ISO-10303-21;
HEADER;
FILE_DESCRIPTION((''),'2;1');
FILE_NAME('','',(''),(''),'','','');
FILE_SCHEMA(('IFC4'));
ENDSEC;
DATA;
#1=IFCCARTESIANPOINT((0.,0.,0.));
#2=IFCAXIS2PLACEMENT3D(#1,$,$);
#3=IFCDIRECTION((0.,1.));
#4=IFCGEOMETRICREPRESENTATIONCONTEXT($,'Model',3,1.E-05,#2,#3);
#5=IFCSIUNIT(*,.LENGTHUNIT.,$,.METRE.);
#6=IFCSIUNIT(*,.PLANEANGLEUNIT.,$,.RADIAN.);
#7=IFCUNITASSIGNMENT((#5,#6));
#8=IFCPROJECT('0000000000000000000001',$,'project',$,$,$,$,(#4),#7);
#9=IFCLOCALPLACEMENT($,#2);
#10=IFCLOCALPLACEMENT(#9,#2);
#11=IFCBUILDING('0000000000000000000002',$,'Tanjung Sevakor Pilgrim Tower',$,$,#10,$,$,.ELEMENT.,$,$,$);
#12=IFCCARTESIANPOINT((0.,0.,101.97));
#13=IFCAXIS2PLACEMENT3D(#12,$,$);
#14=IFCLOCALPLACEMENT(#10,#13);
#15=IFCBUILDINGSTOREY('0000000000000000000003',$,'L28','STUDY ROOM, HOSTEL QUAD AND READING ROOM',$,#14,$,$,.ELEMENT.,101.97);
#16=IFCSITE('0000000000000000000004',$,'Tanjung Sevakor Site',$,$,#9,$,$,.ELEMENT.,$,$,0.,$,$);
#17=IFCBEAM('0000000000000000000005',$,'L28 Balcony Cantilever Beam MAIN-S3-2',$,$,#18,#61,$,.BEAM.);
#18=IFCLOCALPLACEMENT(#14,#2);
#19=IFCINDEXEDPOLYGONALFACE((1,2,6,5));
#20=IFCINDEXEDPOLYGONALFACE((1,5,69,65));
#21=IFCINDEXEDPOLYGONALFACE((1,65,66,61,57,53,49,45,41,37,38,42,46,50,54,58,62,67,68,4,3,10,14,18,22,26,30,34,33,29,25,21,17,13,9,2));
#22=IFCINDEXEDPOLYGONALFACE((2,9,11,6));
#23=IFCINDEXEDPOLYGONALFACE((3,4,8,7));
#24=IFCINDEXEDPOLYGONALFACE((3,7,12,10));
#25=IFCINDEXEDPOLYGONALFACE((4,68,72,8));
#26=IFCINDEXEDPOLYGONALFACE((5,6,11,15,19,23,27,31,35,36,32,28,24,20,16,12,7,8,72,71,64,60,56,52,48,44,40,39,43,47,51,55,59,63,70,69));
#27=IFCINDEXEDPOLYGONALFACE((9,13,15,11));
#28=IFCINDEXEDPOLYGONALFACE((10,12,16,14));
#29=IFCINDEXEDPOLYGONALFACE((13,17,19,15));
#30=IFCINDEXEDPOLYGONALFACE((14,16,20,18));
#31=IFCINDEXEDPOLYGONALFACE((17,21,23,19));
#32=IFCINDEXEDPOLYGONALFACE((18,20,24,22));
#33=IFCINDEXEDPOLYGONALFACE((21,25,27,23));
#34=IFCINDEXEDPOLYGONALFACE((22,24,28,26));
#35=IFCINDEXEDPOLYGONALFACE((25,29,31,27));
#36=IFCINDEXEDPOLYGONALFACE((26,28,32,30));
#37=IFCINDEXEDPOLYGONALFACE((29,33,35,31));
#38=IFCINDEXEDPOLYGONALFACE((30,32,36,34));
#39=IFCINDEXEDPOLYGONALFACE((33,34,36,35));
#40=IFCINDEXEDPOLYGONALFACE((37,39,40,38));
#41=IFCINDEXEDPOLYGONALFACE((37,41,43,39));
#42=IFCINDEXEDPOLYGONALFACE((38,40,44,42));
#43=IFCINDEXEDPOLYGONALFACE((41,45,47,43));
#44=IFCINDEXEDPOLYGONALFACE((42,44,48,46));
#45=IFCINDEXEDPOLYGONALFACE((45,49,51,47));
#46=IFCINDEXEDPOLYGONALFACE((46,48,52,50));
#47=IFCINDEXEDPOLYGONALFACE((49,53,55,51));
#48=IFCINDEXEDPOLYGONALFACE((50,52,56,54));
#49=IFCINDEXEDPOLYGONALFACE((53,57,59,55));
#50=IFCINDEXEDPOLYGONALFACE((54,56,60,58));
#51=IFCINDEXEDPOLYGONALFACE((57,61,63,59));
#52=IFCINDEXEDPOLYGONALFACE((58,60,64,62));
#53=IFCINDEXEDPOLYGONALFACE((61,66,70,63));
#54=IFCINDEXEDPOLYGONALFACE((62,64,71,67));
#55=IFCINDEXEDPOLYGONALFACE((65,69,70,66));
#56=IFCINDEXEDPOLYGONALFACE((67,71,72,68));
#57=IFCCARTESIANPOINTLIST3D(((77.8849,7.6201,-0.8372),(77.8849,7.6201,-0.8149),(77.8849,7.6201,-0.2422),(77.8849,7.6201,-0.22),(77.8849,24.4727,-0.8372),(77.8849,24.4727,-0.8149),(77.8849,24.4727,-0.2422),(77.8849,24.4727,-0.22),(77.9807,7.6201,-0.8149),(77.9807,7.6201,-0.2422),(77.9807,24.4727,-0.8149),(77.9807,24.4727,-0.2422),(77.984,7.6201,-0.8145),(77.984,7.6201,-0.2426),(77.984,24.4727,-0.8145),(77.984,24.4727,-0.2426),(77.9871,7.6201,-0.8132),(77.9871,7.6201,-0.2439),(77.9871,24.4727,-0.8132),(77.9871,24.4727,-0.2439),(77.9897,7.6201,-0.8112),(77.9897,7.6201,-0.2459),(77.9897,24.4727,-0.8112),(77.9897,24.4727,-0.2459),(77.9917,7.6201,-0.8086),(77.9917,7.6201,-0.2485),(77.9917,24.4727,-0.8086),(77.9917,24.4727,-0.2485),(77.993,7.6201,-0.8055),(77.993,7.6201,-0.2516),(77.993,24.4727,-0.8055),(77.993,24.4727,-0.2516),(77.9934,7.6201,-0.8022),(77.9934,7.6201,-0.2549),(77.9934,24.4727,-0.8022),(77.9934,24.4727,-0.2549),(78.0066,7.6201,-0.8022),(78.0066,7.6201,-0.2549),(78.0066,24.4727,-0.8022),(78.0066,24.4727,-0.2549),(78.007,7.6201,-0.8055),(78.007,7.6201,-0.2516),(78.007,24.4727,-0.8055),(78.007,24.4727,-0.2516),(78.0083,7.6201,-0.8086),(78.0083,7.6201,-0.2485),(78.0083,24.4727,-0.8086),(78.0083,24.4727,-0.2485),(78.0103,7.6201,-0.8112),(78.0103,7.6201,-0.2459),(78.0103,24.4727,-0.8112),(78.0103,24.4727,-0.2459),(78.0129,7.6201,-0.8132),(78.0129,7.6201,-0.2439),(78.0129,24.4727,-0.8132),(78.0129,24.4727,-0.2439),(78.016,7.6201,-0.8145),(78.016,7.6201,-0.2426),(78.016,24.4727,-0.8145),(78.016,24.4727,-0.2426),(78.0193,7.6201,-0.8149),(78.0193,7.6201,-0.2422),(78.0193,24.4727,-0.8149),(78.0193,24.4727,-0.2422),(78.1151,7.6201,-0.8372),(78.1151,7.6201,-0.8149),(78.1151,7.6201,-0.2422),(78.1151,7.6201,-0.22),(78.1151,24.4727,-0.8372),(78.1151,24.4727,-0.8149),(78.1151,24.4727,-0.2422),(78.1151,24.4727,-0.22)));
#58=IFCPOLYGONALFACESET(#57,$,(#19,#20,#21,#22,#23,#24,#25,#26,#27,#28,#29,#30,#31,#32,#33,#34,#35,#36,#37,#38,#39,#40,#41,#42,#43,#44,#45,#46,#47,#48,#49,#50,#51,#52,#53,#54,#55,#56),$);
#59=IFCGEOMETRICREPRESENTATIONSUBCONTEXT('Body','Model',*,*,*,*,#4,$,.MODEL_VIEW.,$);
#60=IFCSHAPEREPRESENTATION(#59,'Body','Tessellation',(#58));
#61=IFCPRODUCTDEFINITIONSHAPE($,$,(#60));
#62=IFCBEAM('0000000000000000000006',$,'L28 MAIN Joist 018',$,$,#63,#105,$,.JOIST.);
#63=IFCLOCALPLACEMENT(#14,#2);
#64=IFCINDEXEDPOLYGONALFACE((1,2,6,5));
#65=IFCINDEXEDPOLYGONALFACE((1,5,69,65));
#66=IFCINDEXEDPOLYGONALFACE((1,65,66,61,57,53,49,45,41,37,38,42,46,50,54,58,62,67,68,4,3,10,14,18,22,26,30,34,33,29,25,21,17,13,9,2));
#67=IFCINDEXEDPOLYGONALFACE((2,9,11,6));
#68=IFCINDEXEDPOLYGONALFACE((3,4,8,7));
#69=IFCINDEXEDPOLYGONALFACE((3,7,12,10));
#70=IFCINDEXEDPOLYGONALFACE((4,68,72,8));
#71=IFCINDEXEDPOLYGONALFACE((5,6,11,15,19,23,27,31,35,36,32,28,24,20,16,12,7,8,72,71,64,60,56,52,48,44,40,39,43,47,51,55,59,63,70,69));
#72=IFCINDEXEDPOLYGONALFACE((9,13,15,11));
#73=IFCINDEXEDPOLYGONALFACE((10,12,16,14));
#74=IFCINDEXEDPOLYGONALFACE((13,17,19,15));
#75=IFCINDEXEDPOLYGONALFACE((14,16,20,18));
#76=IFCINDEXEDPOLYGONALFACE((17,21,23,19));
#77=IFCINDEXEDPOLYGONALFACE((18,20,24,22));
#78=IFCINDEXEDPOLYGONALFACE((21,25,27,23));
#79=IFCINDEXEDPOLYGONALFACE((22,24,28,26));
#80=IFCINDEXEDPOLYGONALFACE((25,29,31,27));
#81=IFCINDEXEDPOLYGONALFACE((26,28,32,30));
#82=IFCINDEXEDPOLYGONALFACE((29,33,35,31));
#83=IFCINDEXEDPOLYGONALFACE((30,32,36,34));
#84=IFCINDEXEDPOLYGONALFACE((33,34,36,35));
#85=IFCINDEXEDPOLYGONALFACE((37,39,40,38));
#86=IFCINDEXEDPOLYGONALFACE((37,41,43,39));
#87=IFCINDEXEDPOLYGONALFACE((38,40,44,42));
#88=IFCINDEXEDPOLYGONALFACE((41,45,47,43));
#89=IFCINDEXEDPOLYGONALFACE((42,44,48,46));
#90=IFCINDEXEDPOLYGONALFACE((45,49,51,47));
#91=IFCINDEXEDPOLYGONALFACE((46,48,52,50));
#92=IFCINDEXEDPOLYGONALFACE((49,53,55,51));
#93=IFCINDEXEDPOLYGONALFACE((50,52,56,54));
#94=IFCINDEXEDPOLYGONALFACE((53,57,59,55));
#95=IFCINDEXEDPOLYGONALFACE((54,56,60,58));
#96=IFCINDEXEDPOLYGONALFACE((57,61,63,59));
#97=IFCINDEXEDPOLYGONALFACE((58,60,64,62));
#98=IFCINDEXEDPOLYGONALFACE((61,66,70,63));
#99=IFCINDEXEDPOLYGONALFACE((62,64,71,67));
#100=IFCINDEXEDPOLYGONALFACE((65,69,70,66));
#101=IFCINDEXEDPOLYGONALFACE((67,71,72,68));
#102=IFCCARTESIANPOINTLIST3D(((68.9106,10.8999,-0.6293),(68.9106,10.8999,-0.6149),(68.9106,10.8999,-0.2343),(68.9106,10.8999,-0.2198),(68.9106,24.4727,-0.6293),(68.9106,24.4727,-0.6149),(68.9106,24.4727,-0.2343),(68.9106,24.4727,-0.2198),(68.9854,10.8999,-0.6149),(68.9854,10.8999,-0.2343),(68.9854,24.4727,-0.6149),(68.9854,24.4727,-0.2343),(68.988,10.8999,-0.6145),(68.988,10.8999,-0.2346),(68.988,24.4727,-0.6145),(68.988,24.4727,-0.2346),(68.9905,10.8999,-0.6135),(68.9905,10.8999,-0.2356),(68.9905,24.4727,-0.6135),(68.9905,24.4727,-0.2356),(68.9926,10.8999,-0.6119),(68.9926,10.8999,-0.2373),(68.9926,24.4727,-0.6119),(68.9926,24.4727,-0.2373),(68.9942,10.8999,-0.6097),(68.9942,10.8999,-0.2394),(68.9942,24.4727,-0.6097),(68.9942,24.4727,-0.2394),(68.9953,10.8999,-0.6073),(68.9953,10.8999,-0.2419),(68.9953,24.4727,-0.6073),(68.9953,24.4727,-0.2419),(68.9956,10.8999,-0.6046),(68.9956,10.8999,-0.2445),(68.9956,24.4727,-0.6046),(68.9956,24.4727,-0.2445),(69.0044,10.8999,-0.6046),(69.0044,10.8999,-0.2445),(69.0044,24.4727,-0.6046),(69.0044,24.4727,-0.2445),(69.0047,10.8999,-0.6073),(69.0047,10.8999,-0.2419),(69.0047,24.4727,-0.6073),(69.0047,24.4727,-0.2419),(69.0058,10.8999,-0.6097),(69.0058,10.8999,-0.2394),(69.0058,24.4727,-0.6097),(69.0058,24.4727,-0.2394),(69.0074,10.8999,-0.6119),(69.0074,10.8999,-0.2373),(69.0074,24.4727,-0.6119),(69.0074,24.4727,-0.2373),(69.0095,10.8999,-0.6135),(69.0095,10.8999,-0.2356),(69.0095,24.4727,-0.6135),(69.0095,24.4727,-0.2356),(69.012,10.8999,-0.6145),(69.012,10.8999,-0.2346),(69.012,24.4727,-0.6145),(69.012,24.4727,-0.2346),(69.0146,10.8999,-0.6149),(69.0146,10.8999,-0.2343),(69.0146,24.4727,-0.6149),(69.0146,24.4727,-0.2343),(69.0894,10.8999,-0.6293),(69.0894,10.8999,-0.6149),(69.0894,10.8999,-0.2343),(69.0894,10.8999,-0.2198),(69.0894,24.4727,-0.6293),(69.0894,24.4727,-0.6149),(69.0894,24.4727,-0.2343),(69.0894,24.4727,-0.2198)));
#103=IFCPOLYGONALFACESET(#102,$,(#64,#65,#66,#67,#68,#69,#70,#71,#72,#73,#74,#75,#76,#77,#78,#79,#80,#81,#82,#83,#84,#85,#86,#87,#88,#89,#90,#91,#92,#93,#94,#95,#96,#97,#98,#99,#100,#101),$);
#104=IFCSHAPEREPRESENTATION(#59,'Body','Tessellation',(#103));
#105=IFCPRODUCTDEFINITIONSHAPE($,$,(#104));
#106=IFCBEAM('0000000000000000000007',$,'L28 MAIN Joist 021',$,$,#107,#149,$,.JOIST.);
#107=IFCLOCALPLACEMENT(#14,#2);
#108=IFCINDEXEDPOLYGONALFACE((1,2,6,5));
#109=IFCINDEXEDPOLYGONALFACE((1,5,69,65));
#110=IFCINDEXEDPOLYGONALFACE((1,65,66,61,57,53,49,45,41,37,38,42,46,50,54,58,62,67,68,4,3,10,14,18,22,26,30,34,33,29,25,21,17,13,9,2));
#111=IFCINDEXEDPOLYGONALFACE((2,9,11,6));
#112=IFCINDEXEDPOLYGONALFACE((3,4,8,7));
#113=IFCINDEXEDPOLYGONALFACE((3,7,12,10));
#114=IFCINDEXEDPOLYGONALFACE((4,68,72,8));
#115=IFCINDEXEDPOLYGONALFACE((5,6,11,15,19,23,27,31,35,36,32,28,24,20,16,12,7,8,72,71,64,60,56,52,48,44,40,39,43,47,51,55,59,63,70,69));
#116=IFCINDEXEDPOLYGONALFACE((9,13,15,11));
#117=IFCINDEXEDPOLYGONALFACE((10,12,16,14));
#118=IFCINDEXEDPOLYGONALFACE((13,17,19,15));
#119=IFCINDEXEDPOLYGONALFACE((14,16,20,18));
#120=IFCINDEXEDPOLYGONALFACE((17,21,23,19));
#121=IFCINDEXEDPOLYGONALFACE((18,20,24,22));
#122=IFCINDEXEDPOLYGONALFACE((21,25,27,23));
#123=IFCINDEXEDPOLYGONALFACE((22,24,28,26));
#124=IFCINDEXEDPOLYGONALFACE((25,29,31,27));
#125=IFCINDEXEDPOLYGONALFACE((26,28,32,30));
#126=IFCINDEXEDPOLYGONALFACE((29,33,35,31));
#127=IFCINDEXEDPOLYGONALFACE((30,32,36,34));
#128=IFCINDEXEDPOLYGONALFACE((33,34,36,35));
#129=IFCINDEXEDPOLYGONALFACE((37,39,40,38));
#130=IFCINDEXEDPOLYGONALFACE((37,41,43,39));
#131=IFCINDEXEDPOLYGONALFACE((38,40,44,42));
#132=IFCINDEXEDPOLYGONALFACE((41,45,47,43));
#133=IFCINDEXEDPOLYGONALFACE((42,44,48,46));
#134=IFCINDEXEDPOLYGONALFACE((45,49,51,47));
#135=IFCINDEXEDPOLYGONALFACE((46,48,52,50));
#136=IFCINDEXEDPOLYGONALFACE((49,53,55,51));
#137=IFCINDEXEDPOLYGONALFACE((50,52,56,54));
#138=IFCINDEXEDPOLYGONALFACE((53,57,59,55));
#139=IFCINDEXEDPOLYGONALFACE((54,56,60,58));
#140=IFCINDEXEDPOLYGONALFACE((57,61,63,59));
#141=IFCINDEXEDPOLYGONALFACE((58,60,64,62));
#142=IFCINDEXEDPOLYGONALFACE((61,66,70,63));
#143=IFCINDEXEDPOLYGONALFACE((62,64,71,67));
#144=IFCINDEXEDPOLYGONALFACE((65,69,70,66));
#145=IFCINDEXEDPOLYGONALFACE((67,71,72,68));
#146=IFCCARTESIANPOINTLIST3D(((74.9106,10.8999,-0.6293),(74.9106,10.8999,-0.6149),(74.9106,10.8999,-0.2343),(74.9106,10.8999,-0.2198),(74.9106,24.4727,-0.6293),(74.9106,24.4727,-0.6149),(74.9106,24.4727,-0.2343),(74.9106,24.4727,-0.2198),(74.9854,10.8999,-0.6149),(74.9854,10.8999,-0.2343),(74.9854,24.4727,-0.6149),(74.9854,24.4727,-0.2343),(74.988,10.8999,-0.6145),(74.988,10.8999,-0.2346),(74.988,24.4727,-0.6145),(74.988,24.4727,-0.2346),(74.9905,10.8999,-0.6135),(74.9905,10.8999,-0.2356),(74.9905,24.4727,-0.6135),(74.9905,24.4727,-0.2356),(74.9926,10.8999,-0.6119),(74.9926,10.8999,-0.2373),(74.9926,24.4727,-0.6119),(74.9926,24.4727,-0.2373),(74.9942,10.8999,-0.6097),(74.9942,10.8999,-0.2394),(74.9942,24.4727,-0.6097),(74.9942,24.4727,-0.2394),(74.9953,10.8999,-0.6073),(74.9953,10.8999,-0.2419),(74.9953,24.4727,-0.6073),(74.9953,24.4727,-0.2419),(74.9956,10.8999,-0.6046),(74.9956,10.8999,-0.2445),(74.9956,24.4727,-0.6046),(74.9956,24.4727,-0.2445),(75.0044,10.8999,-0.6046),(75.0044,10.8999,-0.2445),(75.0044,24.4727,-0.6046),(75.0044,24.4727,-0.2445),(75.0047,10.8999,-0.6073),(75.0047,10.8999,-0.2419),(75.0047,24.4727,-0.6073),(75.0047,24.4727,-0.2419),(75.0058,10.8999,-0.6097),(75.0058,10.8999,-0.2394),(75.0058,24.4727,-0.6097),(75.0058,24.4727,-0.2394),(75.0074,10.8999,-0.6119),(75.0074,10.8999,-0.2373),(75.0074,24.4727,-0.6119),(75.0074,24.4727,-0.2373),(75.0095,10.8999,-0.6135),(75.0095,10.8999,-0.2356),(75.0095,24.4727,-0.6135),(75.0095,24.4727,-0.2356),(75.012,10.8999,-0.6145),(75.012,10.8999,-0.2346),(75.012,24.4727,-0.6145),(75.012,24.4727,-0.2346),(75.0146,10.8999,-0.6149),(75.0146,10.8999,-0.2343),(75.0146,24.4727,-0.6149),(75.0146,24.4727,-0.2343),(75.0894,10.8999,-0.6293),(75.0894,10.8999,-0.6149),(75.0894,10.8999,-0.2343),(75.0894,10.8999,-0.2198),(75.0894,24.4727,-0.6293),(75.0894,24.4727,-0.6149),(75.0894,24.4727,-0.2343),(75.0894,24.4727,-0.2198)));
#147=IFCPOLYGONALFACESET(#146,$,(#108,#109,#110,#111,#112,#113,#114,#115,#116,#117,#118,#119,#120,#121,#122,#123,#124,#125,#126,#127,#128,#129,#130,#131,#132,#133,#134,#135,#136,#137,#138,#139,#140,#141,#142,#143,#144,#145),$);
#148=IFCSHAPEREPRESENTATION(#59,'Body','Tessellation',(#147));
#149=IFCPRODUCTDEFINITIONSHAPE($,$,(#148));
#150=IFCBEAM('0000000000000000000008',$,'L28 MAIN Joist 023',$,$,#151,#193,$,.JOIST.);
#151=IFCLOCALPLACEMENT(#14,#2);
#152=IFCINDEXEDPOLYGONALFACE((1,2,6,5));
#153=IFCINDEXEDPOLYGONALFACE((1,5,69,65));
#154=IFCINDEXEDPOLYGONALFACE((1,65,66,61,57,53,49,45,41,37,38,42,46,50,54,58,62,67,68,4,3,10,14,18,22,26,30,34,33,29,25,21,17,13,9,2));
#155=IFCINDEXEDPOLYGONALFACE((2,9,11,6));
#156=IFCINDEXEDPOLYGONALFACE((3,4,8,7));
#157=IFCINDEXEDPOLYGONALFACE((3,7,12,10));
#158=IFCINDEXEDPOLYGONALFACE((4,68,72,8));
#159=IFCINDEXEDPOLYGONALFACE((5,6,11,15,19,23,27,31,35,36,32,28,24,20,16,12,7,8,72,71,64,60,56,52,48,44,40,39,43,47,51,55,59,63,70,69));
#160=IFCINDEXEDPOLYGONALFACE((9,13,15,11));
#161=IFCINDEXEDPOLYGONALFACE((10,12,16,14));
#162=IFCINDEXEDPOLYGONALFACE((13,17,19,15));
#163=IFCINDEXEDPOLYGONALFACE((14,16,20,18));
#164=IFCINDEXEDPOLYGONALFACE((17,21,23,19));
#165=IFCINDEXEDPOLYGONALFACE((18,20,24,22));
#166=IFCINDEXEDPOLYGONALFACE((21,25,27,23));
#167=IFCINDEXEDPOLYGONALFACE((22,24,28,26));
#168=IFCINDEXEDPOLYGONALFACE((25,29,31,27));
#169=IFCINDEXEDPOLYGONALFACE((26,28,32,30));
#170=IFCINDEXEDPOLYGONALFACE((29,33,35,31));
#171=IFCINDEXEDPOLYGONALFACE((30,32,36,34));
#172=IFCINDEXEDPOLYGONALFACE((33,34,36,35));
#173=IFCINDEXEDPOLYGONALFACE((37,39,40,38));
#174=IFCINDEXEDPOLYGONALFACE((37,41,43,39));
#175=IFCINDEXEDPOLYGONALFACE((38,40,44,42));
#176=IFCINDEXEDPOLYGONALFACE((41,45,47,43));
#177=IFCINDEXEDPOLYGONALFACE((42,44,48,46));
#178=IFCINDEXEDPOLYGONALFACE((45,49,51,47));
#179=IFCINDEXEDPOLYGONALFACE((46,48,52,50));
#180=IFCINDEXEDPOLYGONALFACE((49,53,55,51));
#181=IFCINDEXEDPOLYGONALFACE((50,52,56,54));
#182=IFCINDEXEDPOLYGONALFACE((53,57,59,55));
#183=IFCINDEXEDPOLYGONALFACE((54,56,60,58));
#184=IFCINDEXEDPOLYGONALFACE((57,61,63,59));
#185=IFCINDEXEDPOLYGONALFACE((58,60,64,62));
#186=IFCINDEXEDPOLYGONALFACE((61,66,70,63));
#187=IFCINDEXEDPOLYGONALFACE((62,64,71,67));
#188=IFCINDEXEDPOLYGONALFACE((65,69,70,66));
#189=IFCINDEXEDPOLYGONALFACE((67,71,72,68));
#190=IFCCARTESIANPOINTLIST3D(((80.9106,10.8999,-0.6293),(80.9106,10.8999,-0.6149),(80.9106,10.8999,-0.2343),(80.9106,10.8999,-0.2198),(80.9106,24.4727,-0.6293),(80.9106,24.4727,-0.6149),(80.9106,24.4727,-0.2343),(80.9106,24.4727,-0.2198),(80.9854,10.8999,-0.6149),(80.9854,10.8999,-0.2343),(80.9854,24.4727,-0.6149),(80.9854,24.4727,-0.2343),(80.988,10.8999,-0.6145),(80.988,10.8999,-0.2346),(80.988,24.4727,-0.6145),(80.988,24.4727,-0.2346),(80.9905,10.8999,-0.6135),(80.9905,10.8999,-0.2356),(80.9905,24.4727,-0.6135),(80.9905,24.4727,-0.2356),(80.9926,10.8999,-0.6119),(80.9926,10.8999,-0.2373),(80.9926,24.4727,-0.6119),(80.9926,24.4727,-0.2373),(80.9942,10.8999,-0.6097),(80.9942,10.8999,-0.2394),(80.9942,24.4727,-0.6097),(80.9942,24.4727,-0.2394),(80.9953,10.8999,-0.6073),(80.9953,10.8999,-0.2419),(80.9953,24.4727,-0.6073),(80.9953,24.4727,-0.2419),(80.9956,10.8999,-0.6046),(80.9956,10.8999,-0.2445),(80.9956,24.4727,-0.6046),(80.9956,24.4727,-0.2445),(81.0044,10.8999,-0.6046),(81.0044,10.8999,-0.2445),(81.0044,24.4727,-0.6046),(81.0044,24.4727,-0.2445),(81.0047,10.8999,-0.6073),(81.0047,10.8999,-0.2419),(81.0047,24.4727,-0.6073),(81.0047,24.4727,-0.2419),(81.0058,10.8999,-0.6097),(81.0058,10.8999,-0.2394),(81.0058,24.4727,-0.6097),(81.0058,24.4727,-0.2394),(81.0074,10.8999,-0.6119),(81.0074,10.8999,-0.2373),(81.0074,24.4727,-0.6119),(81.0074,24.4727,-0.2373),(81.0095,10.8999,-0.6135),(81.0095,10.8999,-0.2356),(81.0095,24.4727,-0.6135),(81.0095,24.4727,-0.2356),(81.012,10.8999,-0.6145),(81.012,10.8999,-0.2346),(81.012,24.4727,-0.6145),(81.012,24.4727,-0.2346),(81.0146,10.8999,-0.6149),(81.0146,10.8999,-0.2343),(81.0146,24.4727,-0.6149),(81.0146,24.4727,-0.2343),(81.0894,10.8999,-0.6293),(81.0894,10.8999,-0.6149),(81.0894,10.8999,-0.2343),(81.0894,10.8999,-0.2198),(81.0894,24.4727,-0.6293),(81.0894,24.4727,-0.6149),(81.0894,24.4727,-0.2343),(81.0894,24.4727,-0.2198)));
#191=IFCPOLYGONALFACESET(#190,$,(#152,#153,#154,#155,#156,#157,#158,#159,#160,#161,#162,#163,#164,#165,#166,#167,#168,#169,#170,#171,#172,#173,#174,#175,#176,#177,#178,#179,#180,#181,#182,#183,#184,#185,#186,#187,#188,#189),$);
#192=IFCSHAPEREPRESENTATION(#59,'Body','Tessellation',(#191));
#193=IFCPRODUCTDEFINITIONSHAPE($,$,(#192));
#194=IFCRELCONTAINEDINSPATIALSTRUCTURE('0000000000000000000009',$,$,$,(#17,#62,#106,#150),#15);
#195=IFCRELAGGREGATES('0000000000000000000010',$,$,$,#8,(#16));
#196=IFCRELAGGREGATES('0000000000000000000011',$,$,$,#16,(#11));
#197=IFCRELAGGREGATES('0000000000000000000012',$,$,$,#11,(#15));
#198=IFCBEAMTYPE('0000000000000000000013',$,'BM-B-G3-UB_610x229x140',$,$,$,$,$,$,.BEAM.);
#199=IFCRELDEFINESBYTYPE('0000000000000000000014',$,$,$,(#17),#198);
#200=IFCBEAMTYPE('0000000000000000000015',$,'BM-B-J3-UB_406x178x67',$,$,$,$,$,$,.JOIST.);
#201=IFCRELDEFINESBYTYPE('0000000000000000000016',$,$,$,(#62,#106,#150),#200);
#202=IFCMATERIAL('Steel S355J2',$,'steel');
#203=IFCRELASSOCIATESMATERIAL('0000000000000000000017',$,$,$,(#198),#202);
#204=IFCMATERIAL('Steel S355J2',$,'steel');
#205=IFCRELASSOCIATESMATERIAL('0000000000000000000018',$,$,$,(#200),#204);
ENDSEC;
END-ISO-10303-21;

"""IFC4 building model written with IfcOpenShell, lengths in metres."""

from ifc_helpers import new_model, si_unit, direction, frame, origin, origin_2d, place, context, subcontext, project, spatial, i_section, extrude, material, material_profile, profile_set, type_object, element, save


model = new_model("IFC4")

# Units and contexts
model_context = context("Model", 3, precision=1e-05, world=origin(), true_north=direction((0.0, 1.0)))
body_context = subcontext(model_context, "Body", "Model", "MODEL_VIEW")
ifc_project = project(units=[si_unit("LENGTHUNIT", "METRE"), si_unit("PLANEANGLEUNIT", "RADIAN")], contexts=[model_context])

# Site, building, storey
site_placement = place(None, origin())
site = spatial("IfcSite", under=ifc_project, at=site_placement, Name="Tanjung Sevakor Site", CompositionType="ELEMENT", RefElevation=0.0)
building_placement = place(site_placement, origin())
building = spatial("IfcBuilding", under=site, at=building_placement, Name="Tanjung Sevakor Pilgrim Tower", CompositionType="ELEMENT")
storey_placement = place(building_placement, frame((0.0, 0.0, 101.97)))
storey = spatial("IfcBuildingStorey", under=building, at=storey_placement, Name="L28", Description="STUDY ROOM, HOSTEL QUAD AND READING ROOM", CompositionType="ELEMENT", Elevation=101.97)

# Beams
ifc_material_1 = material(Name="Steel S355J2", Category="steel")
ifc_material_profile_1 = material_profile(ifc_material_1, i_section(OverallWidth=0.2302, OverallDepth=0.6172, WebThickness=0.0132, FlangeThickness=0.0222, FilletRadius=0.0127, at=origin_2d()))
ifc_profile_set_1 = profile_set([ifc_material_profile_1], Name="Steel S355J2")
beam_type_1 = type_object("IfcBeamType", Name="BM-B-G3-UB_610x229x140", PredefinedType="BEAM", material=ifc_profile_set_1)
beam_1_placement = place(storey_placement, frame((78.0, 24.4727, -0.5286), z_axis=(0.0, -1.0, 0.0), x_axis=(1.0, 0.0, 0.0)))
element("IfcBeam", 1, at=beam_1_placement, inside=storey, type_object=beam_type_1, Name="L28 Balcony Cantilever Beam MAIN-S3-2", PredefinedType="BEAM", context=body_context, shape_type="SweptSolid", body=[
    extrude(i_section(OverallWidth=0.2302, OverallDepth=0.6172, WebThickness=0.0132, FlangeThickness=0.0222, FilletRadius=0.0127, at=origin_2d()), origin(), (0.0, 0.0, 1.0), 16.8525),
])
ifc_material_2 = material(Name="Steel S355J2", Category="steel")
ifc_material_profile_2 = material_profile(ifc_material_2, i_section(OverallWidth=0.1787, OverallDepth=0.4094, WebThickness=0.0088, FlangeThickness=0.0144, FilletRadius=0.0103, at=origin_2d()))
ifc_profile_set_2 = profile_set([ifc_material_profile_2], Name="Steel S355J2")
beam_type_2 = type_object("IfcBeamType", Name="BM-B-J3-UB_406x178x67", PredefinedType="JOIST", material=ifc_profile_set_2)
for number, where, z_axis, x_axis, name in (
    (2, (69.0, 10.8999, -0.4246), (0.0, 1.0, 0.0), (-1.0, 0.0, 0.0), "L28 MAIN Joist 018"),
    (3, (75.0, 10.8999, -0.4246), (0.0, 1.0, 0.0), (-1.0, 0.0, 0.0), "L28 MAIN Joist 021"),
    (4, (81.0, 10.8999, -0.4246), (0.0, 1.0, 0.0), (-1.0, 0.0, 0.0), "L28 MAIN Joist 023"),
):
    element("IfcBeam", number, at=place(storey_placement, frame(where, z_axis=z_axis, x_axis=x_axis)), inside=storey, type_object=beam_type_2, Name=name, PredefinedType="JOIST", context=body_context, shape_type="SweptSolid", body=[
        extrude(i_section(OverallWidth=0.1787, OverallDepth=0.4094, WebThickness=0.0088, FlangeThickness=0.0144, FilletRadius=0.0103, at=origin_2d()), origin(), (0.0, 0.0, 1.0), 13.5728),
    ])

save(model, "model.ifc")
